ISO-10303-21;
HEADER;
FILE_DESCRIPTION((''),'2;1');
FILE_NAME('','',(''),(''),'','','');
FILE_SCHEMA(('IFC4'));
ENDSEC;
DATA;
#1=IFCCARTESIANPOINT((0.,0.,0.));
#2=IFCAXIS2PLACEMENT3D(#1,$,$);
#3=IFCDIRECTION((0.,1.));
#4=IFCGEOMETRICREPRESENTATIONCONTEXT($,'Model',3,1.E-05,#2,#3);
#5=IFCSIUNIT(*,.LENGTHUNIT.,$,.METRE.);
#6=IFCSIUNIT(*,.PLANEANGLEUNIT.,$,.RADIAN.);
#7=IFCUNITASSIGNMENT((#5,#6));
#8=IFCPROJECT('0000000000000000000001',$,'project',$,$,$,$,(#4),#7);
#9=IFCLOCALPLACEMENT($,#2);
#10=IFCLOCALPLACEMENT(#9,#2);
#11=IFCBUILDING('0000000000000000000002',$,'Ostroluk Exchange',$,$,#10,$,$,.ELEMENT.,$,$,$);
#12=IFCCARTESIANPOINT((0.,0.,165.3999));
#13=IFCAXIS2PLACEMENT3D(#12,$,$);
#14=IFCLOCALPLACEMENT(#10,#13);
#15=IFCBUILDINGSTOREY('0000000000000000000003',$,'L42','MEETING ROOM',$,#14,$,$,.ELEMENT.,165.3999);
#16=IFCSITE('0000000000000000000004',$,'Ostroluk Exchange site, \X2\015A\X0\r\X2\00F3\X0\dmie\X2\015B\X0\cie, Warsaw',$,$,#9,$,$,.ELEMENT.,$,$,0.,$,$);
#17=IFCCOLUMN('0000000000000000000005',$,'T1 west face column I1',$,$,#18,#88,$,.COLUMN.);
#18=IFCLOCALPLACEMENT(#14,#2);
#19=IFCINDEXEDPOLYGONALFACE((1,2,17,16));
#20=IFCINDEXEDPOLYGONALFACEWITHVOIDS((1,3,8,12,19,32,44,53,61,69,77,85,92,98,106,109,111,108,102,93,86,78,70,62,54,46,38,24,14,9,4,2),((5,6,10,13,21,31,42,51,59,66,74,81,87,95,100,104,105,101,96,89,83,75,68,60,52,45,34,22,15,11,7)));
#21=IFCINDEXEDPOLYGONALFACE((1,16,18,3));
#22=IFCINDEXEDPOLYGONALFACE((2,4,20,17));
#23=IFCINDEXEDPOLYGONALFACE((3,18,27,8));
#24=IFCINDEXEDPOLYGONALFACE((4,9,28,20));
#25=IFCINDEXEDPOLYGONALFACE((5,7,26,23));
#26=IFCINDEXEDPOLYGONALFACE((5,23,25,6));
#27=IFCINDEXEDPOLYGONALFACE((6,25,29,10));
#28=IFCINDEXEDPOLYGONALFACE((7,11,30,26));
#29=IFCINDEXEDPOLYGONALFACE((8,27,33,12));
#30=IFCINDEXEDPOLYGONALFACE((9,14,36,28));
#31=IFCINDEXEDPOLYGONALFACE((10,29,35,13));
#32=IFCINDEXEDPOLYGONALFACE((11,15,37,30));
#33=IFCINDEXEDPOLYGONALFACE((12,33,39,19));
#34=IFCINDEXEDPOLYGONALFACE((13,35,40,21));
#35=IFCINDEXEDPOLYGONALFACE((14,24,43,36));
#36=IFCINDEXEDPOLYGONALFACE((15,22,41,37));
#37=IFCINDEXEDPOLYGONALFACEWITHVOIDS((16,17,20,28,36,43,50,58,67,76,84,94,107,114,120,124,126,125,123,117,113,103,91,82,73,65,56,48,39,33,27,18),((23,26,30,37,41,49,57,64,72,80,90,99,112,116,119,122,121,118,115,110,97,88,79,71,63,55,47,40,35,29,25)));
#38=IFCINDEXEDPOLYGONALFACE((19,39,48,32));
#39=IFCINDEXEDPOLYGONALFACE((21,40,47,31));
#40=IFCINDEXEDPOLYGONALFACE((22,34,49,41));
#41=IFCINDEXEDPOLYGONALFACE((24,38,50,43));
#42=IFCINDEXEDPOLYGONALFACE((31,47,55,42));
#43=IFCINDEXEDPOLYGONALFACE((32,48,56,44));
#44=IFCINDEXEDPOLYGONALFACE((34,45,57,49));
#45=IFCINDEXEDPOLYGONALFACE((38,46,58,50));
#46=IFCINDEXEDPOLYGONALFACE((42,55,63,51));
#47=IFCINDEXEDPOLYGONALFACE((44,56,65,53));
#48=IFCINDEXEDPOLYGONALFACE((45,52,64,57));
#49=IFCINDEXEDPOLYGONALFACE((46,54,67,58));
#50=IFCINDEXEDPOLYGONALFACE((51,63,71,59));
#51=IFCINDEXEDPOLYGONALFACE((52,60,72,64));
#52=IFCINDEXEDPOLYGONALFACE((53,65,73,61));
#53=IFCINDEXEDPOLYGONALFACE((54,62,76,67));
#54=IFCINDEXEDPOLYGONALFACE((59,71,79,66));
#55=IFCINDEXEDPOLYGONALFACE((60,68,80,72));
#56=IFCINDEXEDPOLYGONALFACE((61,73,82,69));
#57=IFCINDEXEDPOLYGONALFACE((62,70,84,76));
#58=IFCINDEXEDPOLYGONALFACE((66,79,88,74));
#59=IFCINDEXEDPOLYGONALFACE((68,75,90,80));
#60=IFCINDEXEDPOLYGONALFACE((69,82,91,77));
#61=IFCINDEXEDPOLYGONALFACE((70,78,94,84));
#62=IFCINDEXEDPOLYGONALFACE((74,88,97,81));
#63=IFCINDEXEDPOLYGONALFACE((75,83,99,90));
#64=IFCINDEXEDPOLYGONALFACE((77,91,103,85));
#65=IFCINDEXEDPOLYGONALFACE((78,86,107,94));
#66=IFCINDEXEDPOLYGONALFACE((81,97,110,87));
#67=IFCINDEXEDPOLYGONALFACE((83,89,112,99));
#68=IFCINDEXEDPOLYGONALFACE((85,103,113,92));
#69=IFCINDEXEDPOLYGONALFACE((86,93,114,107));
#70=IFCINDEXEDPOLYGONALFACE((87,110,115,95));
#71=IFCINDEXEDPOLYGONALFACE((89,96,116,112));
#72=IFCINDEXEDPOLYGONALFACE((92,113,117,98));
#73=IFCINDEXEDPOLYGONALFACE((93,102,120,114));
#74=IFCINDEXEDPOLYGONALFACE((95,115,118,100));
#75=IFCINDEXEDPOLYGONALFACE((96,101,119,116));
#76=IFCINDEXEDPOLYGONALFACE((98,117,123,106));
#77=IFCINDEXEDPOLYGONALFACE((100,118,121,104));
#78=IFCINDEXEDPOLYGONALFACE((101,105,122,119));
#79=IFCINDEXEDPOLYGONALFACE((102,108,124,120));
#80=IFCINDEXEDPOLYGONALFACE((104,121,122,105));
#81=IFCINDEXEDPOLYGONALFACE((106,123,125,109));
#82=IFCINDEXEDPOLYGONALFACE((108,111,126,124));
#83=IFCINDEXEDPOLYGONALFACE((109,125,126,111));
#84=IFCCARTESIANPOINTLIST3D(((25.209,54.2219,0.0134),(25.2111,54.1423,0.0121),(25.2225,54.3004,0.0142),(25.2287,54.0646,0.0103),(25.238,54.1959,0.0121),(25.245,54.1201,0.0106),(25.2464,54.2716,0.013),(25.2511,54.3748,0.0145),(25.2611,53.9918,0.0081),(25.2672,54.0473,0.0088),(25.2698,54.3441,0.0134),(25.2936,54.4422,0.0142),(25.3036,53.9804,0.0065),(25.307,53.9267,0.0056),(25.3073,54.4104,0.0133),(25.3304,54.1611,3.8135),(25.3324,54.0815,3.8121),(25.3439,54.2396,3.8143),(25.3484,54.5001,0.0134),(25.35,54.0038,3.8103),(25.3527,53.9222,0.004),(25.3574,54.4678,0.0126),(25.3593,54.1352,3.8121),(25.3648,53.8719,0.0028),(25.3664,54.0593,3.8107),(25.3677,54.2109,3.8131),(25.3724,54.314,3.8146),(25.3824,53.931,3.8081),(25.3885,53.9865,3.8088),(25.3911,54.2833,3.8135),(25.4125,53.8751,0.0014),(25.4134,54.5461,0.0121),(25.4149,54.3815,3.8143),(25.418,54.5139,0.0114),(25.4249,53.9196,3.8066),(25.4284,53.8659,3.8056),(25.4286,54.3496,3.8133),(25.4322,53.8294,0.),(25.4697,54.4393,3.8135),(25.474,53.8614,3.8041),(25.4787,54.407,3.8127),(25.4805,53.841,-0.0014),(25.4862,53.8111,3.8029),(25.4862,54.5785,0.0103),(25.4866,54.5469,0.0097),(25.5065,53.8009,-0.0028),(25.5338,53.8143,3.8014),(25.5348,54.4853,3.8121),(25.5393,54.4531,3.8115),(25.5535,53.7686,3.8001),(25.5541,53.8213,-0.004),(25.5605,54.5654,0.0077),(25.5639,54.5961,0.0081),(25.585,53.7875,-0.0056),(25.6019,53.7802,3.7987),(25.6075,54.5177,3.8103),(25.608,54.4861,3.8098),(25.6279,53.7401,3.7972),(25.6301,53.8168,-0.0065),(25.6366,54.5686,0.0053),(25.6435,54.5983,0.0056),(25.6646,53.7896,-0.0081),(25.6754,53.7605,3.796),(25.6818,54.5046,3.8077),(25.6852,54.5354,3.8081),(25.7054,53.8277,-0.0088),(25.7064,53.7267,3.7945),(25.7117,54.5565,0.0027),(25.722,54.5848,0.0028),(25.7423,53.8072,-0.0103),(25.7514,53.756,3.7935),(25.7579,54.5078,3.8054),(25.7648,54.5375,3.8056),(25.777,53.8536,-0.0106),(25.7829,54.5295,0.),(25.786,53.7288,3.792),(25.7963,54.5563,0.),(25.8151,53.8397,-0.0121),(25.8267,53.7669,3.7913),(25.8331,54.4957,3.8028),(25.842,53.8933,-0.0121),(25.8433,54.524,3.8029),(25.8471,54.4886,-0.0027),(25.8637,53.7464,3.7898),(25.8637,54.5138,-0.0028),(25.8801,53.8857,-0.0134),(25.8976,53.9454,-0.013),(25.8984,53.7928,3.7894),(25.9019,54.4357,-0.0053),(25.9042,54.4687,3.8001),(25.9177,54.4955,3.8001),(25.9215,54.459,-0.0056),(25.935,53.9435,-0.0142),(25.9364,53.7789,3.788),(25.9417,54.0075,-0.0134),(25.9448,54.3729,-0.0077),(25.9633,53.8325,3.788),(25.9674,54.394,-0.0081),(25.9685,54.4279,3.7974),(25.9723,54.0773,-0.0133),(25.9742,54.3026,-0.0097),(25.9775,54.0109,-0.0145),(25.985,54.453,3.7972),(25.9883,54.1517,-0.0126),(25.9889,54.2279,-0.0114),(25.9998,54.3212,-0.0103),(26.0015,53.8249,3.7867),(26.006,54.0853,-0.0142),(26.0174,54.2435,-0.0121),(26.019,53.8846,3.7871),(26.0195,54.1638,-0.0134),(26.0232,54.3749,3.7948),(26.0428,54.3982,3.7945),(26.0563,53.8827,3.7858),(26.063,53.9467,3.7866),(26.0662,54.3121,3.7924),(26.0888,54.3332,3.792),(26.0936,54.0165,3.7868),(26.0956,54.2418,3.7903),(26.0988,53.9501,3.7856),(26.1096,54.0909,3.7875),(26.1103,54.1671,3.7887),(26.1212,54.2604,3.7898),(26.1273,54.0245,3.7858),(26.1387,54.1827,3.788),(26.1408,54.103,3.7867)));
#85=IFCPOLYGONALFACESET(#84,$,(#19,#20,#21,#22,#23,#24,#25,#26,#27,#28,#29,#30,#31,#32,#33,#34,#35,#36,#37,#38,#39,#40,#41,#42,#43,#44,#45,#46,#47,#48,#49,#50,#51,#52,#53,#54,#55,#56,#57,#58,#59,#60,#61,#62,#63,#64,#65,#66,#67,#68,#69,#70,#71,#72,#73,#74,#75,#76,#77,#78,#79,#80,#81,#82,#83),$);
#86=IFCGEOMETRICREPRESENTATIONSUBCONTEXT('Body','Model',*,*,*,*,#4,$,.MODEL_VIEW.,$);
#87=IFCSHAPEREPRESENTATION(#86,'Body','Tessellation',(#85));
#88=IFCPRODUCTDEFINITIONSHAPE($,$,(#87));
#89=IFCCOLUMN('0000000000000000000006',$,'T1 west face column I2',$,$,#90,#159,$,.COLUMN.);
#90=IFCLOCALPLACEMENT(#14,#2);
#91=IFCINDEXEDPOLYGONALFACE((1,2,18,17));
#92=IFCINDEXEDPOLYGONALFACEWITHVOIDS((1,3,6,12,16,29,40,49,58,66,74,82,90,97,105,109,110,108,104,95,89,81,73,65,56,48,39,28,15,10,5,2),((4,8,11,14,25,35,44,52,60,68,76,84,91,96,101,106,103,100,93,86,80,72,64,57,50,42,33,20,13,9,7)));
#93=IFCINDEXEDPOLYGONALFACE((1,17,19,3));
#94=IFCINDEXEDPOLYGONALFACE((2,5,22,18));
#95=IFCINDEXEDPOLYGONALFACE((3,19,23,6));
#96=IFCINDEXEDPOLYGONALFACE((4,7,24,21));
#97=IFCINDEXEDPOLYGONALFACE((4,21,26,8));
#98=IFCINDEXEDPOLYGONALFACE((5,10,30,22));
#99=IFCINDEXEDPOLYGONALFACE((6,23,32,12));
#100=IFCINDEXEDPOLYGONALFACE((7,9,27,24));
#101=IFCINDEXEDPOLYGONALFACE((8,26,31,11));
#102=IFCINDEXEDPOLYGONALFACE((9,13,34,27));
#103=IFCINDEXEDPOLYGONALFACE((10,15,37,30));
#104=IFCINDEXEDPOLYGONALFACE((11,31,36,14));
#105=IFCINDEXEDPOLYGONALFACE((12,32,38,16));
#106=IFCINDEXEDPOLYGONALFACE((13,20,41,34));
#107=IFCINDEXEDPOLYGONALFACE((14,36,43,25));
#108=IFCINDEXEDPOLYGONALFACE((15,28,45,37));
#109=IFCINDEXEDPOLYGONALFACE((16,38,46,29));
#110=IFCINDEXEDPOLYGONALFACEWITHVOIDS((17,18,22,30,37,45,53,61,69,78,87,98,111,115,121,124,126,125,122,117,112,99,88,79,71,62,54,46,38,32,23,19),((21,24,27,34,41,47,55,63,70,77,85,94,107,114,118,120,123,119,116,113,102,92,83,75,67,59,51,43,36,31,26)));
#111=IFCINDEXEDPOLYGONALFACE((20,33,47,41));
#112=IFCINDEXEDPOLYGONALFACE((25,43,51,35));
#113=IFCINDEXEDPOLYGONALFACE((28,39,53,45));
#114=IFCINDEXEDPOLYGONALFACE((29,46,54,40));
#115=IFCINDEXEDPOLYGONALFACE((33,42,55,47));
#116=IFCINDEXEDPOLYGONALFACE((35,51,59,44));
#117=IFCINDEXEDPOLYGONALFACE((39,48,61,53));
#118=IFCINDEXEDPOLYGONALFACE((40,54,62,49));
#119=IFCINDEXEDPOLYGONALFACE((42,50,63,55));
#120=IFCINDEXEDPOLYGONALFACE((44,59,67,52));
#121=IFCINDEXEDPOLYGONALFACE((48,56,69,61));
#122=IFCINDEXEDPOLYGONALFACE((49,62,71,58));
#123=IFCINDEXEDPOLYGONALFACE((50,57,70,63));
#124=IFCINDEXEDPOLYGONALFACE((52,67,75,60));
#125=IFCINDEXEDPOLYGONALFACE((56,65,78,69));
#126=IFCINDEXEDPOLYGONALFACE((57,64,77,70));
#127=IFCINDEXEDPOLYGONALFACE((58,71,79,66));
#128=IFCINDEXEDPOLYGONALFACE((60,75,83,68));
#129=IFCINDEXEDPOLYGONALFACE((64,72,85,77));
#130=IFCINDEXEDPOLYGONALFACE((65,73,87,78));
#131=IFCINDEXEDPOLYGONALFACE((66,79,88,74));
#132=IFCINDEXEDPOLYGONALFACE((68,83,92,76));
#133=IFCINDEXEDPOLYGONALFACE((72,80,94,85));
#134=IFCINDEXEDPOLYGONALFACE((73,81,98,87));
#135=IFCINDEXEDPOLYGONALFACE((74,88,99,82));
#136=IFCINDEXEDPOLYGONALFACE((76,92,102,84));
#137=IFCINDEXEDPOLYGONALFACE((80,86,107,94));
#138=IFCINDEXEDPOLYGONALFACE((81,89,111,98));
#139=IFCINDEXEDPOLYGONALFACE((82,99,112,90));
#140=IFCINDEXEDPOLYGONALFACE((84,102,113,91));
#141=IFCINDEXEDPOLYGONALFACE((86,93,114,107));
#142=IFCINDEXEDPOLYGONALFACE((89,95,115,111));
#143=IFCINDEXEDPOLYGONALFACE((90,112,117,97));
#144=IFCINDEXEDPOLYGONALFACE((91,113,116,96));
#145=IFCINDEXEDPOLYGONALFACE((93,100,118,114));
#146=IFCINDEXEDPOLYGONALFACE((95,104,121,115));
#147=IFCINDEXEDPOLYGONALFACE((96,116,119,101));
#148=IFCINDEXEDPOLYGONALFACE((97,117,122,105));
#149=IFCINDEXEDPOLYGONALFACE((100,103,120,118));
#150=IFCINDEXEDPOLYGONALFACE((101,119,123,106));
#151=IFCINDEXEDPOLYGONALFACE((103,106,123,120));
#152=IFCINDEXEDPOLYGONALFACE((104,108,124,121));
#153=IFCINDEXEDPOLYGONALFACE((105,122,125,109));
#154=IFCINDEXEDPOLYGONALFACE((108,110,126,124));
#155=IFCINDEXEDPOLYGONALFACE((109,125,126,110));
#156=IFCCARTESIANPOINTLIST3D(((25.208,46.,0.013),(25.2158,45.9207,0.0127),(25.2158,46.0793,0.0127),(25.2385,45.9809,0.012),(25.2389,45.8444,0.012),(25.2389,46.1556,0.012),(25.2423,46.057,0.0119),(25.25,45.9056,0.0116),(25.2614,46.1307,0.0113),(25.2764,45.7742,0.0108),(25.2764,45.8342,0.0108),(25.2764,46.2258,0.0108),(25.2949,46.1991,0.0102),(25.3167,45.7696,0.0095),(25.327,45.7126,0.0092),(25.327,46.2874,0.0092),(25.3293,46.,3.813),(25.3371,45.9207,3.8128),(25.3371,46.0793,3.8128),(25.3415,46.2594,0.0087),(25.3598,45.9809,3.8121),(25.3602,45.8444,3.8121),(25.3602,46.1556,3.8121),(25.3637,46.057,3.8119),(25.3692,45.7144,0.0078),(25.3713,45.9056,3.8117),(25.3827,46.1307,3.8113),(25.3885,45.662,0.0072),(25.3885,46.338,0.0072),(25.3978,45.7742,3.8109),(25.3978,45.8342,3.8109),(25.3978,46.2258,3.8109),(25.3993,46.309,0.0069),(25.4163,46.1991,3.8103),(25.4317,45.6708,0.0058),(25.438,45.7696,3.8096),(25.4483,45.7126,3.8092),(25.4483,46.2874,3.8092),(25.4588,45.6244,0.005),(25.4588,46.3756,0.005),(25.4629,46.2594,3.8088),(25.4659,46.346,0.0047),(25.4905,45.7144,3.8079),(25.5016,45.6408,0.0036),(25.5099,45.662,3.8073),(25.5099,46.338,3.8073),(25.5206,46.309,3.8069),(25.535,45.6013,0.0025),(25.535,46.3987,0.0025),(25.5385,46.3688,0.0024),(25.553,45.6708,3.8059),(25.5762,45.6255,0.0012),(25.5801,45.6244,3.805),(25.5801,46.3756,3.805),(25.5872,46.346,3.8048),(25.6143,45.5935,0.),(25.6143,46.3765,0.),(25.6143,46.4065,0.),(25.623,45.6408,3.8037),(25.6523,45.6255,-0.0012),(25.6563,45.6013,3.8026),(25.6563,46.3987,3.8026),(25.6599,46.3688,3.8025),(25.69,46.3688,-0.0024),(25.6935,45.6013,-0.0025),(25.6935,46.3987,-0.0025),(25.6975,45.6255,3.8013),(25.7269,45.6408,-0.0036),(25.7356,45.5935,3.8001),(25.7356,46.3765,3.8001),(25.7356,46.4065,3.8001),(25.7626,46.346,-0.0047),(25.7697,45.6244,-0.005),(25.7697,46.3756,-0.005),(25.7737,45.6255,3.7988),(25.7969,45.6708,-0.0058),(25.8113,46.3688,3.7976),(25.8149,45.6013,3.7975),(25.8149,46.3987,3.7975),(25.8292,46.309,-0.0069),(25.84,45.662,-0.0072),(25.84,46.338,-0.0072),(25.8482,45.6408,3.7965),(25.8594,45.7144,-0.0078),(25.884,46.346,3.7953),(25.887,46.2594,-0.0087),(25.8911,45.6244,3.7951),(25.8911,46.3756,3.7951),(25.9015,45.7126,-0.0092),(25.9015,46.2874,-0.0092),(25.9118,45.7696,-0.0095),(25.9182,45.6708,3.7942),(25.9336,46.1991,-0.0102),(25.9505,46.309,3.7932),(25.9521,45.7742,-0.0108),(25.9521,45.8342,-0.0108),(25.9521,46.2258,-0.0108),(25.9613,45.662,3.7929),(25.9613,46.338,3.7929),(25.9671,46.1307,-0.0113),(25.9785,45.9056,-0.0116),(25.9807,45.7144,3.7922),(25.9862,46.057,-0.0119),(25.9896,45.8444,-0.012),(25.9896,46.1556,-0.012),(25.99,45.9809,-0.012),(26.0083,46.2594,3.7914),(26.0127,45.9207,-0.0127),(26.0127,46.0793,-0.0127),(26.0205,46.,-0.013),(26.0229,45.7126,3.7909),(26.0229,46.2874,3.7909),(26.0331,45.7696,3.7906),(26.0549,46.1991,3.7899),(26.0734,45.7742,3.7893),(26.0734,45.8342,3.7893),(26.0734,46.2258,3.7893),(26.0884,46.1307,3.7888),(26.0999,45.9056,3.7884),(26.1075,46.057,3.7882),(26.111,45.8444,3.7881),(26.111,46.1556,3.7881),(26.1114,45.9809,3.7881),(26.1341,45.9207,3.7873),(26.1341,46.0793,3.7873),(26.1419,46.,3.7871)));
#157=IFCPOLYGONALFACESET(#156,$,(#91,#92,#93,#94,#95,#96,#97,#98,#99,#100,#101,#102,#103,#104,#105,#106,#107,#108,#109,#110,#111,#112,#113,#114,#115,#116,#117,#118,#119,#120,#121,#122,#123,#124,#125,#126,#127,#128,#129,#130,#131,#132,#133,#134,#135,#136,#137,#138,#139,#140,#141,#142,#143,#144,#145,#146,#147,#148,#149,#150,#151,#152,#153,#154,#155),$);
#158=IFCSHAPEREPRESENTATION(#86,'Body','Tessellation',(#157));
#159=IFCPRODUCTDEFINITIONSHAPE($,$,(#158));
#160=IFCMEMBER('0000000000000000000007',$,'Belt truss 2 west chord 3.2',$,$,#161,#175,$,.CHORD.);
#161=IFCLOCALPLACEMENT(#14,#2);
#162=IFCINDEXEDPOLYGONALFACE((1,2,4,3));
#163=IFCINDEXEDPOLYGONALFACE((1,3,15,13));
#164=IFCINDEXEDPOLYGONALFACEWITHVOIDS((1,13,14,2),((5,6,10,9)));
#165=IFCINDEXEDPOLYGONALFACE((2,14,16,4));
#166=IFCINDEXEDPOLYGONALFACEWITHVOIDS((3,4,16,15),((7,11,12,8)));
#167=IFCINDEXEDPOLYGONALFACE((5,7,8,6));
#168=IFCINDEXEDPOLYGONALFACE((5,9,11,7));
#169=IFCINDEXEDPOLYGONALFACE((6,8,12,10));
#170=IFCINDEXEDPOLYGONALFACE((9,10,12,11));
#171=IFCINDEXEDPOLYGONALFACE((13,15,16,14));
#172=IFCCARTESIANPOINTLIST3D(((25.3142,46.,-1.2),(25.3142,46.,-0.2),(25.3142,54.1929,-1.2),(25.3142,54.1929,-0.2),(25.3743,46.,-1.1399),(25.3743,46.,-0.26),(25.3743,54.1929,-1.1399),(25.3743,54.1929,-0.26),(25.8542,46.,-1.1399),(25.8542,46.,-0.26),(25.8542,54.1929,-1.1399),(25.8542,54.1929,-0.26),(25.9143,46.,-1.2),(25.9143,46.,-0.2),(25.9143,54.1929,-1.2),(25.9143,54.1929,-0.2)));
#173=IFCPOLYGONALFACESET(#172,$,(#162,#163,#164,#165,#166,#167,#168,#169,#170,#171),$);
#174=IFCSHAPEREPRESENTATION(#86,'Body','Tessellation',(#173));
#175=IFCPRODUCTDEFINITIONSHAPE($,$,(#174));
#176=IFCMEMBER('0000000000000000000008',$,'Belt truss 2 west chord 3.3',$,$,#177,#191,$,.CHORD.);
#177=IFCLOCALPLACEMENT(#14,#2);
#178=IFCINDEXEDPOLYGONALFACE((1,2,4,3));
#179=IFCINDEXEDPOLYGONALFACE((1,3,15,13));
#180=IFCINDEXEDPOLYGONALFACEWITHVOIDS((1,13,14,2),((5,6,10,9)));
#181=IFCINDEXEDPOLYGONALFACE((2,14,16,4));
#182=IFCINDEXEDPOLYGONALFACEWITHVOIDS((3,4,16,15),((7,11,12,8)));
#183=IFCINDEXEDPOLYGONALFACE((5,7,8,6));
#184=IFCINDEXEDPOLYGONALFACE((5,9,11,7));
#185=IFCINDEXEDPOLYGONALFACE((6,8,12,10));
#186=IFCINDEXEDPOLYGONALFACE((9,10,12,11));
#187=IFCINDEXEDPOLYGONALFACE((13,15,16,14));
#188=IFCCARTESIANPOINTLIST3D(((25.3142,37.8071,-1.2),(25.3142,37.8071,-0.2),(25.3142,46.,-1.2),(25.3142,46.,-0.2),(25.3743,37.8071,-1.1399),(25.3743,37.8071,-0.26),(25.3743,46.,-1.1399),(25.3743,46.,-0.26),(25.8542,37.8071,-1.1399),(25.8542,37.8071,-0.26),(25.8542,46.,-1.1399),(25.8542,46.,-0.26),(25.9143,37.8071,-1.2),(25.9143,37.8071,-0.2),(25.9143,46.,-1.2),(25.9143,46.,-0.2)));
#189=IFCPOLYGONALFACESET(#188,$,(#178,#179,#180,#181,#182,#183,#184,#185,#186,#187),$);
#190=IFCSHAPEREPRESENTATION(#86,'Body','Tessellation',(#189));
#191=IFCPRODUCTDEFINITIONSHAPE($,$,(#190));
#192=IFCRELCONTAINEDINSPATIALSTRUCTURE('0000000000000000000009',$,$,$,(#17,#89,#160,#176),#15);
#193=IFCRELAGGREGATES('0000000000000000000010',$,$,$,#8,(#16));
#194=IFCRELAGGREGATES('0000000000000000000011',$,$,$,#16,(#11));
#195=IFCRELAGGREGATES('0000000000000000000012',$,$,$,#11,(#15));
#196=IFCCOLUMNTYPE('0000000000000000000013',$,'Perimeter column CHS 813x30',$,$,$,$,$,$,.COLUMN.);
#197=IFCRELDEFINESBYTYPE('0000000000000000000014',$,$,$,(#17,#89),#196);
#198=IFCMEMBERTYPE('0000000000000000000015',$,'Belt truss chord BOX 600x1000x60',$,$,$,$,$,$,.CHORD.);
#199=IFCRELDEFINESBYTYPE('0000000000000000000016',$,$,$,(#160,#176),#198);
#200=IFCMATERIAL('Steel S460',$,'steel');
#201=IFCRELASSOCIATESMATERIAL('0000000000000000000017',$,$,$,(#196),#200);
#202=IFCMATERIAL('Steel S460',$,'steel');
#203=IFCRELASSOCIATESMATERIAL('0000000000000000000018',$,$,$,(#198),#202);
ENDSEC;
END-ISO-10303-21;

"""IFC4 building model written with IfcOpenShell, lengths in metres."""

from ifc_helpers import new_model, si_unit, direction, frame, origin, origin_2d, place, context, subcontext, project, spatial, hollow_rectangle, hollow_circle, extrude, material, material_profile, profile_set, type_object, element, save


model = new_model("IFC4")

# Units and contexts
model_context = context("Model", 3, precision=1e-05, world=origin(), true_north=direction((0.0, 1.0)))
body_context = subcontext(model_context, "Body", "Model", "MODEL_VIEW")
ifc_project = project(units=[si_unit("LENGTHUNIT", "METRE"), si_unit("PLANEANGLEUNIT", "RADIAN")], contexts=[model_context])

# Site, building, storey
site_placement = place(None, origin())
site = spatial("IfcSite", under=ifc_project, at=site_placement, Name="Ostroluk Exchange site, Śródmieście, Warsaw", CompositionType="ELEMENT", RefElevation=0.0)
building_placement = place(site_placement, origin())
building = spatial("IfcBuilding", under=site, at=building_placement, Name="Ostroluk Exchange", CompositionType="ELEMENT")
storey_placement = place(building_placement, frame((0.0, 0.0, 165.3999)))
storey = spatial("IfcBuildingStorey", under=building, at=storey_placement, Name="L42", Description="MEETING ROOM", CompositionType="ELEMENT", Elevation=165.3999)

# Columns
ifc_material_1 = material(Name="Steel S460", Category="steel")
ifc_material_profile_1 = material_profile(ifc_material_1, hollow_circle(Radius=0.4065, WallThickness=0.03, at=origin_2d()), Name="CHS 813x30")
ifc_profile_set_1 = profile_set([ifc_material_profile_1], Name="Steel S460")
column_type = type_object("IfcColumnType", Name="Perimeter column CHS 813x30", PredefinedType="COLUMN", material=ifc_profile_set_1)
column_1_placement = place(storey_placement, frame((25.6143, 54.1929, 0.0), z_axis=(0.03191, -0.015987, 0.999363), x_axis=(0.447933, 0.894067, 0.0)))
element("IfcColumn", 1, at=column_1_placement, inside=storey, type_object=column_type, Name="T1 west face column I1", PredefinedType="COLUMN", context=body_context, shape_type="SweptSolid", body=[
    extrude(hollow_circle(Radius=0.4065, WallThickness=0.03, at=origin_2d()), origin(), (0.0, 0.0, 1.0), 3.8025),
])
column_2_placement = place(storey_placement, frame((25.6143, 46.0, 0.0), z_axis=(0.031914, 0.0, 0.999491), x_axis=(0.0, 1.0, 0.0)))
element("IfcColumn", 2, at=column_2_placement, inside=storey, type_object=column_type, Name="T1 west face column I2", PredefinedType="COLUMN", context=body_context, shape_type="SweptSolid", body=[
    extrude(hollow_circle(Radius=0.4065, WallThickness=0.03, at=origin_2d()), origin(), (0.0, 0.0, 1.0), 3.802),
])

# Members
ifc_material_2 = material(Name="Steel S460", Category="steel")
ifc_material_profile_2 = material_profile(ifc_material_2, hollow_rectangle(XDim=0.6001, YDim=1.0, WallThickness=0.0601, at=origin_2d()), Name="BOX 600x1000x60")
ifc_profile_set_2 = profile_set([ifc_material_profile_2], Name="Steel S460")
member_type_1 = type_object("IfcMemberType", Name="Belt truss chord BOX 600x1000x60", PredefinedType="CHORD", material=ifc_profile_set_2)
for number, where, z_axis, x_axis, name in (
    (3, (25.6143, 54.1929, -0.7), (0.0, -1.0, 0.0), (1.0, 0.0, 0.0), "Belt truss 2 west chord 3.2"),
    (4, (25.6143, 46.0, -0.7), (0.0, -1.0, 0.0), (1.0, 0.0, 0.0), "Belt truss 2 west chord 3.3"),
):
    element("IfcMember", number, at=place(storey_placement, frame(where, z_axis=z_axis, x_axis=x_axis)), inside=storey, type_object=member_type_1, Name=name, PredefinedType="CHORD", context=body_context, shape_type="SweptSolid", body=[
        extrude(hollow_rectangle(XDim=0.6001, YDim=1.0, WallThickness=0.0601, at=origin_2d()), origin(), (0.0, 0.0, 1.0), 8.1929),
    ])

save(model, "model.ifc")
